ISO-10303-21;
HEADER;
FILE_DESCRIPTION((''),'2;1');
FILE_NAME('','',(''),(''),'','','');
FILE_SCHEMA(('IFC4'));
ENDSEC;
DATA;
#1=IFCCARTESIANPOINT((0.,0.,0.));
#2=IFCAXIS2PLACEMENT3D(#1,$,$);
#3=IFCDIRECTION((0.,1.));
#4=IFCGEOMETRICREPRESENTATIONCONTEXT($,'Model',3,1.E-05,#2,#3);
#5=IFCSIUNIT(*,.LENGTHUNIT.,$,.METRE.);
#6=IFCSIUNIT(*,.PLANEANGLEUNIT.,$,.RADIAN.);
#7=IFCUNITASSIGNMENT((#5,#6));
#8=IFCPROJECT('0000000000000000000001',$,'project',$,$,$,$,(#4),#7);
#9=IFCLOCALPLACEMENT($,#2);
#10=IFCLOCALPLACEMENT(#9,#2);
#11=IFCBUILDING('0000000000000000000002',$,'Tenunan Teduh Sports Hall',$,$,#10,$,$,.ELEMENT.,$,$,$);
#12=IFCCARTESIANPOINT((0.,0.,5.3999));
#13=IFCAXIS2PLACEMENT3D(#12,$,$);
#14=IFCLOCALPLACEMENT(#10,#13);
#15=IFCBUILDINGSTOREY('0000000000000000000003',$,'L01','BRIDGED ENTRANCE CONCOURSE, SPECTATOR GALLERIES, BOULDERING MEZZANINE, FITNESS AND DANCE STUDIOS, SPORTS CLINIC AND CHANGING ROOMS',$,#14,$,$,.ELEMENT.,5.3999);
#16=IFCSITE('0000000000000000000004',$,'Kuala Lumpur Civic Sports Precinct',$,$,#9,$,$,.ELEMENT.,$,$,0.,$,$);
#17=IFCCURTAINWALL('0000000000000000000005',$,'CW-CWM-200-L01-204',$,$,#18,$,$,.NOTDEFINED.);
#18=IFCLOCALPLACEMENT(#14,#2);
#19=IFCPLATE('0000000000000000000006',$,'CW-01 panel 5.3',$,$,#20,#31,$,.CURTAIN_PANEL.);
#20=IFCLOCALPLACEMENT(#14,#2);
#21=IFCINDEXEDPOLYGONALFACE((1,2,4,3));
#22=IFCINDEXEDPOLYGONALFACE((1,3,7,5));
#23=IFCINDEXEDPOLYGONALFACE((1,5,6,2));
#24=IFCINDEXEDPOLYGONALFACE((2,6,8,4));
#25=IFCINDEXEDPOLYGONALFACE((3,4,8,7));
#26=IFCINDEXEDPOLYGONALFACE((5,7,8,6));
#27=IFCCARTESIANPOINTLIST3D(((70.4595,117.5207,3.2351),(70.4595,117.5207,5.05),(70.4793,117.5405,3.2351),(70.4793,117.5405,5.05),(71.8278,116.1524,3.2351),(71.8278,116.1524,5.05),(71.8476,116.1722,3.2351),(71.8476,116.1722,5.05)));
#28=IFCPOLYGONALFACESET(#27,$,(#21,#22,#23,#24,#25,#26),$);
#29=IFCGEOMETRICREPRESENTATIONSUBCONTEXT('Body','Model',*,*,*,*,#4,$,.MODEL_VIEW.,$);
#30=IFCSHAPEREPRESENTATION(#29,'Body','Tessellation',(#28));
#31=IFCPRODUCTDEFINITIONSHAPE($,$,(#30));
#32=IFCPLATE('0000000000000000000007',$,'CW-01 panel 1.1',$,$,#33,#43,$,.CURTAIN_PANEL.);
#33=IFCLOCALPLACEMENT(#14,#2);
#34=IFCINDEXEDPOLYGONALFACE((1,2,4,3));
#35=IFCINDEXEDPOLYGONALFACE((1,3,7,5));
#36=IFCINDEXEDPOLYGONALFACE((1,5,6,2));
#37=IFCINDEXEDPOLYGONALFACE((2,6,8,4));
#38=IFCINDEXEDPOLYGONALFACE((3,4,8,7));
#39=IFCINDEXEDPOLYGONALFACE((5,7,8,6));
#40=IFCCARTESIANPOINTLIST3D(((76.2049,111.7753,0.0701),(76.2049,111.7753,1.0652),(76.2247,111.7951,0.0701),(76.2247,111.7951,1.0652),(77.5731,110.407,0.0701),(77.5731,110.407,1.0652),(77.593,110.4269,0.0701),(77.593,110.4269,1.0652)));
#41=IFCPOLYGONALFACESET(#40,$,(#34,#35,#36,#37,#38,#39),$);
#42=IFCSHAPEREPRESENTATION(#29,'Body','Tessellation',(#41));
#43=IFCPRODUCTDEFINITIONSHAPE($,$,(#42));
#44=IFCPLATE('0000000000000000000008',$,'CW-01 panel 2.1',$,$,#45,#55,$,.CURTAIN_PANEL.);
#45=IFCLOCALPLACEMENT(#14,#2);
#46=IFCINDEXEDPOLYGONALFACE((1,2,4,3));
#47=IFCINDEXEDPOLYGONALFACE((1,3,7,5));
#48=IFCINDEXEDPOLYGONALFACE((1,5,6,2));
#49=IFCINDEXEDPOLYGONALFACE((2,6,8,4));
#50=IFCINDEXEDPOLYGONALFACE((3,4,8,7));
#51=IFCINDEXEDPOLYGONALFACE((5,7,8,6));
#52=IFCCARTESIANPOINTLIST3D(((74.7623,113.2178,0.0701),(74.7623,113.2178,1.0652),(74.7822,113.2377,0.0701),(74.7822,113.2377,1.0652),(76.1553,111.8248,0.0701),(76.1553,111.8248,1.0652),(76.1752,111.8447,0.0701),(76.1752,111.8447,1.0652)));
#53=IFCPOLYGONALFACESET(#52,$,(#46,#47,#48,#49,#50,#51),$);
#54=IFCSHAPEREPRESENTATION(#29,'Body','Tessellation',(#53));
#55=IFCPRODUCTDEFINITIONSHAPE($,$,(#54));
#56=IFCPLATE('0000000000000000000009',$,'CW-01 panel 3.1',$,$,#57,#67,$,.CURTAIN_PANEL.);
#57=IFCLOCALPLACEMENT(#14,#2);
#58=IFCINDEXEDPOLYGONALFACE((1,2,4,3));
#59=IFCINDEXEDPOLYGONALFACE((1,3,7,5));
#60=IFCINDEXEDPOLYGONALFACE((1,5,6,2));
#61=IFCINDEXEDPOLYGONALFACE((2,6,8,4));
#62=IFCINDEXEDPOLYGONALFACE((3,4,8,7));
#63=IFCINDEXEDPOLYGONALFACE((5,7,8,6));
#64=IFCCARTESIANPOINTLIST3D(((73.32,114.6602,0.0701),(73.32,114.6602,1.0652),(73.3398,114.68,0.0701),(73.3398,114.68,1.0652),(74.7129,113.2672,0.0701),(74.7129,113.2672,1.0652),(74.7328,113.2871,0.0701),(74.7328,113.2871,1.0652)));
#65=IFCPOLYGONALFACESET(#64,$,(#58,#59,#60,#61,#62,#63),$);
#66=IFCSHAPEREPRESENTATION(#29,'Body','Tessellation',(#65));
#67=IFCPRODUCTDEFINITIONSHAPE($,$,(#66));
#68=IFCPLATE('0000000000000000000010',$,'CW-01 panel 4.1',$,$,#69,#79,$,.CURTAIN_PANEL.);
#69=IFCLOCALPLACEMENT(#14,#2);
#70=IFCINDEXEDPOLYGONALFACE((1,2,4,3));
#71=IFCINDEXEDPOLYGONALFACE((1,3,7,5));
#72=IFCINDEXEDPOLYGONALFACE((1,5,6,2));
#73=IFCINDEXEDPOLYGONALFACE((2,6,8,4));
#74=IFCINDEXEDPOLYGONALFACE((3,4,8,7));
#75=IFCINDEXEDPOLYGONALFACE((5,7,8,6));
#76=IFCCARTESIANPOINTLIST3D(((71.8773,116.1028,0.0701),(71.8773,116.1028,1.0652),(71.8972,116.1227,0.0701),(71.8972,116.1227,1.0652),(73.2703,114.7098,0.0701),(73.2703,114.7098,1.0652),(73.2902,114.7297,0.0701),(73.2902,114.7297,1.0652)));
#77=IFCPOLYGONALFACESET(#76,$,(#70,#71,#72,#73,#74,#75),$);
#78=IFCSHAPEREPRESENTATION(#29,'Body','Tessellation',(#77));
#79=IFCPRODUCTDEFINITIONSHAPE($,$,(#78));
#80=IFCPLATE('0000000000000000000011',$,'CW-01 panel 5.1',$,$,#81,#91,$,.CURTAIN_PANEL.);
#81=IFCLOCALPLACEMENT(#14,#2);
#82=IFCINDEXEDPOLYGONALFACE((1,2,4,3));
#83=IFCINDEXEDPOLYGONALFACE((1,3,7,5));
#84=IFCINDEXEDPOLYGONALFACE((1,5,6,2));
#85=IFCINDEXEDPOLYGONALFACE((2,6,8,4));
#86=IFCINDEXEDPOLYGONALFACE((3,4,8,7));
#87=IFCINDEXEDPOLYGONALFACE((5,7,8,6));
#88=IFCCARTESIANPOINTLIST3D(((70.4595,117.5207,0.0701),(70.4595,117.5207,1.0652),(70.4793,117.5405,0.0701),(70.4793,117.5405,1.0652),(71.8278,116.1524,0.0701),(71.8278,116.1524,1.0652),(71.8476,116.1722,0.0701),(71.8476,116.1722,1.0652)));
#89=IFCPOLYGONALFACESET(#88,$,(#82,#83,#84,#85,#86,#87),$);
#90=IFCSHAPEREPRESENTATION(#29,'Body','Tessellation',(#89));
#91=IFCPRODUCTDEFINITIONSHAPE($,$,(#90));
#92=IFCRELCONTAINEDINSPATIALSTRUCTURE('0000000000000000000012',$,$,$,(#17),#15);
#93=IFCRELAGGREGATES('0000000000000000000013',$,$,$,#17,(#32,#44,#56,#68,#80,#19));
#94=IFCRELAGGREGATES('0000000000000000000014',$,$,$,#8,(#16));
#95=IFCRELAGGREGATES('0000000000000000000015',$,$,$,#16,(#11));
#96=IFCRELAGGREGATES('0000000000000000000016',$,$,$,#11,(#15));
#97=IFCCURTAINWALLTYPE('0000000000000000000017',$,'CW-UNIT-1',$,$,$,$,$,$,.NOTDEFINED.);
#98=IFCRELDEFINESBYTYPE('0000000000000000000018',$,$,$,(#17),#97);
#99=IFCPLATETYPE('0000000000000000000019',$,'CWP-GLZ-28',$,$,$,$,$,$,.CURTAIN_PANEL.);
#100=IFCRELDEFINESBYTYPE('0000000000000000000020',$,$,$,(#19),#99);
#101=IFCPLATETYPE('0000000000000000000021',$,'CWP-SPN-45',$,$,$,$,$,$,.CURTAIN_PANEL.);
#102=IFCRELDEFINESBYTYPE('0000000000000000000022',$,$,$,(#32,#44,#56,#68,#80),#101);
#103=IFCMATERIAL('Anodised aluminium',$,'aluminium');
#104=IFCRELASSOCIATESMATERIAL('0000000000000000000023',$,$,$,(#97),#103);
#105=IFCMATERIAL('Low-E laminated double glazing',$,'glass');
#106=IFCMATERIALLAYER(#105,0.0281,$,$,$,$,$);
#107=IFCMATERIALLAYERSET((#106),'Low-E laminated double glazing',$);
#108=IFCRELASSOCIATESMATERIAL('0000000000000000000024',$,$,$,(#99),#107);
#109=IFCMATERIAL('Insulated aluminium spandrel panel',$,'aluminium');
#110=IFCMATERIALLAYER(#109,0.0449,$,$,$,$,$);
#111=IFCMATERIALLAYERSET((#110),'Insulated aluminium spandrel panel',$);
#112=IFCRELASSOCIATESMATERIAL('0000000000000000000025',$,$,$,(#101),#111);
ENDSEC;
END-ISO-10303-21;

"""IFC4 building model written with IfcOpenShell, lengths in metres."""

from ifc_helpers import new_model, si_unit, direction, frame, origin, origin_2d, place, context, subcontext, project, spatial, rectangle, extrude, material, layer, layer_set, type_object, element, aggregate, save


model = new_model("IFC4")

# Units and contexts
model_context = context("Model", 3, precision=1e-05, world=origin(), true_north=direction((0.0, 1.0)))
body_context = subcontext(model_context, "Body", "Model", "MODEL_VIEW")
ifc_project = project(units=[si_unit("LENGTHUNIT", "METRE"), si_unit("PLANEANGLEUNIT", "RADIAN")], contexts=[model_context])

# Site, building, storey
site_placement = place(None, origin())
site = spatial("IfcSite", under=ifc_project, at=site_placement, Name="Kuala Lumpur Civic Sports Precinct", CompositionType="ELEMENT", RefElevation=0.0)
building_placement = place(site_placement, origin())
building = spatial("IfcBuilding", under=site, at=building_placement, Name="Tenunan Teduh Sports Hall", CompositionType="ELEMENT")
storey_placement = place(building_placement, frame((0.0, 0.0, 5.3999)))
storey = spatial("IfcBuildingStorey", under=building, at=storey_placement, Name="L01", Description="BRIDGED ENTRANCE CONCOURSE, SPECTATOR GALLERIES, BOULDERING MEZZANINE, FITNESS AND DANCE STUDIOS, SPORTS CLINIC AND CHANGING ROOMS", CompositionType="ELEMENT", Elevation=5.3999)

# Curtain wall, plates
ifc_material_1 = material(Name="Anodised aluminium", Category="aluminium")
curtain_wall_type = type_object("IfcCurtainWallType", Name="CW-UNIT-1", PredefinedType="NOTDEFINED", material=ifc_material_1)
curtain_wall_placement = place(storey_placement, origin())
curtain_wall = element("IfcCurtainWall", 1, at=curtain_wall_placement, inside=storey, type_object=curtain_wall_type, Name="CW-CWM-200-L01-204", PredefinedType="NOTDEFINED")
ifc_material_2 = material(Name="Low-E laminated double glazing", Category="glass")
ifc_layer_1 = layer(ifc_material_2, 0.0281)
ifc_layer_set_1 = layer_set([ifc_layer_1], Name="Low-E laminated double glazing")
plate_type_1 = type_object("IfcPlateType", Name="CWP-GLZ-28", PredefinedType="CURTAIN_PANEL", material=ifc_layer_set_1)
plate_1_placement = place(storey_placement, frame((71.1536, 116.8464, 3.2351), z_axis=(0.0, 0.0, 1.0), x_axis=(-0.707107, 0.707107, 0.0)))
plate_1 = element("IfcPlate", 2, at=plate_1_placement, type_object=plate_type_1, Name="CW-01 panel 5.3", PredefinedType="CURTAIN_PANEL", context=body_context, shape_type="SweptSolid", body=[
    extrude(rectangle(XDim=1.9351, YDim=0.0281, at=origin_2d()), origin(), (0.0, 0.0, 1.0), 1.8149),
])
ifc_material_3 = material(Name="Insulated aluminium spandrel panel", Category="aluminium")
ifc_layer_2 = layer(ifc_material_3, 0.0449)
ifc_layer_set_2 = layer_set([ifc_layer_2], Name="Insulated aluminium spandrel panel")
plate_type_2 = type_object("IfcPlateType", Name="CWP-SPN-45", PredefinedType="CURTAIN_PANEL", material=ifc_layer_set_2)
plate_2_placement = place(storey_placement, frame((76.8989, 111.1011, 0.0701), z_axis=(0.0, 0.0, 1.0), x_axis=(-0.707107, 0.707107, 0.0)))
plate_2 = element("IfcPlate", 3, at=plate_2_placement, type_object=plate_type_2, Name="CW-01 panel 1.1", PredefinedType="CURTAIN_PANEL", context=body_context, shape_type="SweptSolid", body=[
    extrude(rectangle(XDim=1.9351, YDim=0.0281, at=origin_2d()), origin(), (0.0, 0.0, 1.0), 0.9951),
])
plate_3_placement = place(storey_placement, frame((75.4688, 112.5312, 0.0701), z_axis=(0.0, 0.0, 1.0), x_axis=(-0.707107, 0.707107, 0.0)))
plate_3 = element("IfcPlate", 4, at=plate_3_placement, type_object=plate_type_2, Name="CW-01 panel 2.1", PredefinedType="CURTAIN_PANEL", context=body_context, shape_type="SweptSolid", body=[
    extrude(rectangle(XDim=1.97, YDim=0.0281, at=origin_2d()), origin(), (0.0, 0.0, 1.0), 0.9951),
])
plate_4_placement = place(storey_placement, frame((74.0264, 113.9736, 0.0701), z_axis=(0.0, 0.0, 1.0), x_axis=(-0.707107, 0.707107, 0.0)))
plate_4 = element("IfcPlate", 5, at=plate_4_placement, type_object=plate_type_2, Name="CW-01 panel 3.1", PredefinedType="CURTAIN_PANEL", context=body_context, shape_type="SweptSolid", body=[
    extrude(rectangle(XDim=1.97, YDim=0.0281, at=origin_2d()), origin(), (0.0, 0.0, 1.0), 0.9951),
])
plate_5_placement = place(storey_placement, frame((72.5837, 115.4163, 0.0701), z_axis=(0.0, 0.0, 1.0), x_axis=(-0.707107, 0.707107, 0.0)))
plate_5 = element("IfcPlate", 6, at=plate_5_placement, type_object=plate_type_2, Name="CW-01 panel 4.1", PredefinedType="CURTAIN_PANEL", context=body_context, shape_type="SweptSolid", body=[
    extrude(rectangle(XDim=1.97, YDim=0.0281, at=origin_2d()), origin(), (0.0, 0.0, 1.0), 0.9951),
])
plate_6_placement = place(storey_placement, frame((71.1536, 116.8464, 0.0701), z_axis=(0.0, 0.0, 1.0), x_axis=(-0.707107, 0.707107, 0.0)))
plate_6 = element("IfcPlate", 7, at=plate_6_placement, type_object=plate_type_2, Name="CW-01 panel 5.1", PredefinedType="CURTAIN_PANEL", context=body_context, shape_type="SweptSolid", body=[
    extrude(rectangle(XDim=1.9351, YDim=0.0281, at=origin_2d()), origin(), (0.0, 0.0, 1.0), 0.9951),
])
aggregate(curtain_wall, [plate_2, plate_3, plate_4, plate_5, plate_6, plate_1])

save(model, "model.ifc")
